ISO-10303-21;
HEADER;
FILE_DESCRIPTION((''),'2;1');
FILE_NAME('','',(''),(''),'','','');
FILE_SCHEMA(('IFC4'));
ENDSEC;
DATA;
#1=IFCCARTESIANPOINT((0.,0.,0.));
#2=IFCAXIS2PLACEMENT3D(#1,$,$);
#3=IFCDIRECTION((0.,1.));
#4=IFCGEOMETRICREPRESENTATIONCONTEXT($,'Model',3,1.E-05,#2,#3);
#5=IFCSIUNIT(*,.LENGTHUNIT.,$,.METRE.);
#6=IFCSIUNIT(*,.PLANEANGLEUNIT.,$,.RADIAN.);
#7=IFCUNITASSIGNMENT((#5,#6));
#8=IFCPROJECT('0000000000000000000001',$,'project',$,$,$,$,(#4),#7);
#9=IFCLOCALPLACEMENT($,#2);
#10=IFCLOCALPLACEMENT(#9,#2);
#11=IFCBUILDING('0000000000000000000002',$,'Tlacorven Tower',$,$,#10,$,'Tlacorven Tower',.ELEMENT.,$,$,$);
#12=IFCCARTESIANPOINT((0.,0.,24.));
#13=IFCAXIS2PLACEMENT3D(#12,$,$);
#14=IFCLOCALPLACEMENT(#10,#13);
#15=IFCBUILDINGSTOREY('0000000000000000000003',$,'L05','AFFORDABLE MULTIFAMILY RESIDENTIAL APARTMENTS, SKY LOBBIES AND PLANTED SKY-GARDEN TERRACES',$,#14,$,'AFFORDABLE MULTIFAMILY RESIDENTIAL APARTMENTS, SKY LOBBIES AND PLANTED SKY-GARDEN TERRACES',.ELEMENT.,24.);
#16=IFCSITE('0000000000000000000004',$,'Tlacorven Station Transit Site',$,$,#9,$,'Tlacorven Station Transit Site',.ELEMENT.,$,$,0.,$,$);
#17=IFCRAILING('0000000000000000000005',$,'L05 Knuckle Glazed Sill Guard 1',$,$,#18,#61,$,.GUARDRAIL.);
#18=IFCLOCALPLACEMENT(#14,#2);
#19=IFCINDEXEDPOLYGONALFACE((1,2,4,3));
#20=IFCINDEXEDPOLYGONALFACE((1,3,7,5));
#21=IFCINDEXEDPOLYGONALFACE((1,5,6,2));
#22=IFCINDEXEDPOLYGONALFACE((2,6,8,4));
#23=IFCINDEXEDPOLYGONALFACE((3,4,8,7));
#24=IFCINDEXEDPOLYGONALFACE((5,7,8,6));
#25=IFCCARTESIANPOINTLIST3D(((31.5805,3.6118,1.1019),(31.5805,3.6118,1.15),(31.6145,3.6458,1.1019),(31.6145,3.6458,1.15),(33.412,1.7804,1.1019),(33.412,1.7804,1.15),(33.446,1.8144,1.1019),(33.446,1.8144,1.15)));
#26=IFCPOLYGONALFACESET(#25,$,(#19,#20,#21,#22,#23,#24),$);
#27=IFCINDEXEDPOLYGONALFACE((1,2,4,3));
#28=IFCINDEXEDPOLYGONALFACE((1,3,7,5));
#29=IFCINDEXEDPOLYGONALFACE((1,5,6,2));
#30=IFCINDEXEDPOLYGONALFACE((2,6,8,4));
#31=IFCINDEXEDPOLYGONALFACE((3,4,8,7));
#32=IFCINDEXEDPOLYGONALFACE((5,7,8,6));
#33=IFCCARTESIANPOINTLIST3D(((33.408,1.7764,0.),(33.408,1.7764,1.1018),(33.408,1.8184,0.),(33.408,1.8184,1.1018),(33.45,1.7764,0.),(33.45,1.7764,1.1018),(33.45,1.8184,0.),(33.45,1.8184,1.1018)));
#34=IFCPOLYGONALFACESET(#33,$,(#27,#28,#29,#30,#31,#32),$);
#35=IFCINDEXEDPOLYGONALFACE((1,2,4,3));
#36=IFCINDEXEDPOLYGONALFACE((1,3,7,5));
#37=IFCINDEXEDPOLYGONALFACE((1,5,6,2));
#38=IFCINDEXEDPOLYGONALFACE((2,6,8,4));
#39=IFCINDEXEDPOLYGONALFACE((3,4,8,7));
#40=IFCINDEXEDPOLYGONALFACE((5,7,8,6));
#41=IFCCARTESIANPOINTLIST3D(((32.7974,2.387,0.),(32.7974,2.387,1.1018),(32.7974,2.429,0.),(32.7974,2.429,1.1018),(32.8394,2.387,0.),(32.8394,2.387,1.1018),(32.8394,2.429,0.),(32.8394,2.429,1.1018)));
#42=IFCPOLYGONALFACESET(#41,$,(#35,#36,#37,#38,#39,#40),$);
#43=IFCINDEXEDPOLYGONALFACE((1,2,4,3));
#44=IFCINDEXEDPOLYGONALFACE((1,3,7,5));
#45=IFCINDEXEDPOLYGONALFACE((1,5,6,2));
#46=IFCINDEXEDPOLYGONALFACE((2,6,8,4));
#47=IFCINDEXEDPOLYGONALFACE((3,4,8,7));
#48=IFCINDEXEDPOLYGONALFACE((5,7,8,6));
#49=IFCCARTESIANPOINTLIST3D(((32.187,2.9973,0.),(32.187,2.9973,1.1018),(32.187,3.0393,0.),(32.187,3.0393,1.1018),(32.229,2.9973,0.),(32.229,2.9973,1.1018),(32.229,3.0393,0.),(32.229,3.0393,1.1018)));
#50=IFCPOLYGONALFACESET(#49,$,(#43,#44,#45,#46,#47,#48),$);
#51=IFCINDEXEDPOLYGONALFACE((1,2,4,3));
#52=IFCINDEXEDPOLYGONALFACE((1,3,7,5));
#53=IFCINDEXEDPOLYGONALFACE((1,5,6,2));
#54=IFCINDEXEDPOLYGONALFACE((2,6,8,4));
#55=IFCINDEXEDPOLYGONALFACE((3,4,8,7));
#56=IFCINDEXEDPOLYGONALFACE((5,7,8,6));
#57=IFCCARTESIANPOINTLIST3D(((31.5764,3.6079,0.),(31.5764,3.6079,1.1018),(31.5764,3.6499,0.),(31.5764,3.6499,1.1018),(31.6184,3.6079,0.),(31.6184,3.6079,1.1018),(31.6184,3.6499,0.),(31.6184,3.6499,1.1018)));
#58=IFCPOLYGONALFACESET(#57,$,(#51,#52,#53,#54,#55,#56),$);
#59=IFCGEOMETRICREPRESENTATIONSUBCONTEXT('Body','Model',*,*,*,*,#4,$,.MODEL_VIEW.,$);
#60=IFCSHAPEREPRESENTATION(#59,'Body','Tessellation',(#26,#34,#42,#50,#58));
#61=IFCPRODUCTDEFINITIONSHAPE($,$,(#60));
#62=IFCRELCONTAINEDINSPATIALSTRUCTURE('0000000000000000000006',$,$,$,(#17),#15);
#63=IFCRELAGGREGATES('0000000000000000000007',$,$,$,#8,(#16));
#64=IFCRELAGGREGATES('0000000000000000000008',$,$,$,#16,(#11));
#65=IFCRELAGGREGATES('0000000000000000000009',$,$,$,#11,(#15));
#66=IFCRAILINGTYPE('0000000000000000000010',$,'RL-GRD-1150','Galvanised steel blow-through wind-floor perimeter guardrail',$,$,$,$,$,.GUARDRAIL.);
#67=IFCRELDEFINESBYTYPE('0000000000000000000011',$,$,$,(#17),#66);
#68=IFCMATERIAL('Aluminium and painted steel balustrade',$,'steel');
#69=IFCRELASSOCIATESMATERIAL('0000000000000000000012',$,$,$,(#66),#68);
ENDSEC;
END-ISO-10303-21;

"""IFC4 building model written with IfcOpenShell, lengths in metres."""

from ifc_helpers import new_model, si_unit, direction, frame, origin, origin_2d, place, context, subcontext, project, spatial, rectangle, extrude, source, transform, mapped, material, type_object, element, save


model = new_model("IFC4")

# Units and contexts
model_context = context("Model", 3, precision=1e-05, world=origin(), true_north=direction((0.0, 1.0)))
body_context = subcontext(model_context, "Body", "Model", "MODEL_VIEW")
ifc_project = project(units=[si_unit("LENGTHUNIT", "METRE"), si_unit("PLANEANGLEUNIT", "RADIAN")], contexts=[model_context])

# Site, building, storey
site_placement = place(None, origin())
site = spatial("IfcSite", under=ifc_project, at=site_placement, Name="Tlacorven Station Transit Site", LongName="Tlacorven Station Transit Site", CompositionType="ELEMENT", RefElevation=0.0)
building_placement = place(site_placement, origin())
building = spatial("IfcBuilding", under=site, at=building_placement, Name="Tlacorven Tower", LongName="Tlacorven Tower", CompositionType="ELEMENT")
storey_placement = place(building_placement, frame((0.0, 0.0, 24.0)))
storey = spatial("IfcBuildingStorey", under=building, at=storey_placement, Name="L05", Description="AFFORDABLE MULTIFAMILY RESIDENTIAL APARTMENTS, SKY LOBBIES AND PLANTED SKY-GARDEN TERRACES", LongName="AFFORDABLE MULTIFAMILY RESIDENTIAL APARTMENTS, SKY LOBBIES AND PLANTED SKY-GARDEN TERRACES", CompositionType="ELEMENT", Elevation=24.0)

# Railing
ifc_material_1 = material(Name="Aluminium and painted steel balustrade", Category="steel")
railing_type = type_object("IfcRailingType", Name="RL-GRD-1150", Description="Galvanised steel blow-through wind-floor perimeter guardrail", PredefinedType="GUARDRAIL", material=ifc_material_1)
shared_shape_1 = source(origin(), body_context, "Body", "SweptSolid", [
    extrude(rectangle(XDim=0.0481, YDim=0.0481, at=origin_2d()), frame((0.0, 0.0, 1.126), z_axis=(-0.707107, 0.707107, 0.0), x_axis=(-0.707107, -0.707107, 0.0)), (0.0, 0.0, 1.0), 2.5901),
    extrude(rectangle(XDim=0.042, YDim=0.042, at=origin_2d()), origin(), (0.0, 0.0, 1.0), 1.1018),
    extrude(rectangle(XDim=0.042, YDim=0.042, at=origin_2d()), frame((-0.6106, 0.6106, 0.0)), (0.0, 0.0, 1.0), 1.1018),
    extrude(rectangle(XDim=0.042, YDim=0.042, at=origin_2d()), frame((-1.2209, 1.2209, 0.0)), (0.0, 0.0, 1.0), 1.1018),
    extrude(rectangle(XDim=0.042, YDim=0.042, at=origin_2d()), frame((-1.8315, 1.8315, 0.0)), (0.0, 0.0, 1.0), 1.1018),
])
railing_placement = place(storey_placement, frame((33.429, 1.7974, 0.0)))
element("IfcRailing", 1, at=railing_placement, inside=storey, type_object=railing_type, Name="L05 Knuckle Glazed Sill Guard 1", PredefinedType="GUARDRAIL", context=body_context, shape_type="MappedRepresentation", body=[
    mapped(shared_shape_1, transform((0.0, 0.0, 0.0), scale=1.0)),
])

save(model, "model.ifc")
